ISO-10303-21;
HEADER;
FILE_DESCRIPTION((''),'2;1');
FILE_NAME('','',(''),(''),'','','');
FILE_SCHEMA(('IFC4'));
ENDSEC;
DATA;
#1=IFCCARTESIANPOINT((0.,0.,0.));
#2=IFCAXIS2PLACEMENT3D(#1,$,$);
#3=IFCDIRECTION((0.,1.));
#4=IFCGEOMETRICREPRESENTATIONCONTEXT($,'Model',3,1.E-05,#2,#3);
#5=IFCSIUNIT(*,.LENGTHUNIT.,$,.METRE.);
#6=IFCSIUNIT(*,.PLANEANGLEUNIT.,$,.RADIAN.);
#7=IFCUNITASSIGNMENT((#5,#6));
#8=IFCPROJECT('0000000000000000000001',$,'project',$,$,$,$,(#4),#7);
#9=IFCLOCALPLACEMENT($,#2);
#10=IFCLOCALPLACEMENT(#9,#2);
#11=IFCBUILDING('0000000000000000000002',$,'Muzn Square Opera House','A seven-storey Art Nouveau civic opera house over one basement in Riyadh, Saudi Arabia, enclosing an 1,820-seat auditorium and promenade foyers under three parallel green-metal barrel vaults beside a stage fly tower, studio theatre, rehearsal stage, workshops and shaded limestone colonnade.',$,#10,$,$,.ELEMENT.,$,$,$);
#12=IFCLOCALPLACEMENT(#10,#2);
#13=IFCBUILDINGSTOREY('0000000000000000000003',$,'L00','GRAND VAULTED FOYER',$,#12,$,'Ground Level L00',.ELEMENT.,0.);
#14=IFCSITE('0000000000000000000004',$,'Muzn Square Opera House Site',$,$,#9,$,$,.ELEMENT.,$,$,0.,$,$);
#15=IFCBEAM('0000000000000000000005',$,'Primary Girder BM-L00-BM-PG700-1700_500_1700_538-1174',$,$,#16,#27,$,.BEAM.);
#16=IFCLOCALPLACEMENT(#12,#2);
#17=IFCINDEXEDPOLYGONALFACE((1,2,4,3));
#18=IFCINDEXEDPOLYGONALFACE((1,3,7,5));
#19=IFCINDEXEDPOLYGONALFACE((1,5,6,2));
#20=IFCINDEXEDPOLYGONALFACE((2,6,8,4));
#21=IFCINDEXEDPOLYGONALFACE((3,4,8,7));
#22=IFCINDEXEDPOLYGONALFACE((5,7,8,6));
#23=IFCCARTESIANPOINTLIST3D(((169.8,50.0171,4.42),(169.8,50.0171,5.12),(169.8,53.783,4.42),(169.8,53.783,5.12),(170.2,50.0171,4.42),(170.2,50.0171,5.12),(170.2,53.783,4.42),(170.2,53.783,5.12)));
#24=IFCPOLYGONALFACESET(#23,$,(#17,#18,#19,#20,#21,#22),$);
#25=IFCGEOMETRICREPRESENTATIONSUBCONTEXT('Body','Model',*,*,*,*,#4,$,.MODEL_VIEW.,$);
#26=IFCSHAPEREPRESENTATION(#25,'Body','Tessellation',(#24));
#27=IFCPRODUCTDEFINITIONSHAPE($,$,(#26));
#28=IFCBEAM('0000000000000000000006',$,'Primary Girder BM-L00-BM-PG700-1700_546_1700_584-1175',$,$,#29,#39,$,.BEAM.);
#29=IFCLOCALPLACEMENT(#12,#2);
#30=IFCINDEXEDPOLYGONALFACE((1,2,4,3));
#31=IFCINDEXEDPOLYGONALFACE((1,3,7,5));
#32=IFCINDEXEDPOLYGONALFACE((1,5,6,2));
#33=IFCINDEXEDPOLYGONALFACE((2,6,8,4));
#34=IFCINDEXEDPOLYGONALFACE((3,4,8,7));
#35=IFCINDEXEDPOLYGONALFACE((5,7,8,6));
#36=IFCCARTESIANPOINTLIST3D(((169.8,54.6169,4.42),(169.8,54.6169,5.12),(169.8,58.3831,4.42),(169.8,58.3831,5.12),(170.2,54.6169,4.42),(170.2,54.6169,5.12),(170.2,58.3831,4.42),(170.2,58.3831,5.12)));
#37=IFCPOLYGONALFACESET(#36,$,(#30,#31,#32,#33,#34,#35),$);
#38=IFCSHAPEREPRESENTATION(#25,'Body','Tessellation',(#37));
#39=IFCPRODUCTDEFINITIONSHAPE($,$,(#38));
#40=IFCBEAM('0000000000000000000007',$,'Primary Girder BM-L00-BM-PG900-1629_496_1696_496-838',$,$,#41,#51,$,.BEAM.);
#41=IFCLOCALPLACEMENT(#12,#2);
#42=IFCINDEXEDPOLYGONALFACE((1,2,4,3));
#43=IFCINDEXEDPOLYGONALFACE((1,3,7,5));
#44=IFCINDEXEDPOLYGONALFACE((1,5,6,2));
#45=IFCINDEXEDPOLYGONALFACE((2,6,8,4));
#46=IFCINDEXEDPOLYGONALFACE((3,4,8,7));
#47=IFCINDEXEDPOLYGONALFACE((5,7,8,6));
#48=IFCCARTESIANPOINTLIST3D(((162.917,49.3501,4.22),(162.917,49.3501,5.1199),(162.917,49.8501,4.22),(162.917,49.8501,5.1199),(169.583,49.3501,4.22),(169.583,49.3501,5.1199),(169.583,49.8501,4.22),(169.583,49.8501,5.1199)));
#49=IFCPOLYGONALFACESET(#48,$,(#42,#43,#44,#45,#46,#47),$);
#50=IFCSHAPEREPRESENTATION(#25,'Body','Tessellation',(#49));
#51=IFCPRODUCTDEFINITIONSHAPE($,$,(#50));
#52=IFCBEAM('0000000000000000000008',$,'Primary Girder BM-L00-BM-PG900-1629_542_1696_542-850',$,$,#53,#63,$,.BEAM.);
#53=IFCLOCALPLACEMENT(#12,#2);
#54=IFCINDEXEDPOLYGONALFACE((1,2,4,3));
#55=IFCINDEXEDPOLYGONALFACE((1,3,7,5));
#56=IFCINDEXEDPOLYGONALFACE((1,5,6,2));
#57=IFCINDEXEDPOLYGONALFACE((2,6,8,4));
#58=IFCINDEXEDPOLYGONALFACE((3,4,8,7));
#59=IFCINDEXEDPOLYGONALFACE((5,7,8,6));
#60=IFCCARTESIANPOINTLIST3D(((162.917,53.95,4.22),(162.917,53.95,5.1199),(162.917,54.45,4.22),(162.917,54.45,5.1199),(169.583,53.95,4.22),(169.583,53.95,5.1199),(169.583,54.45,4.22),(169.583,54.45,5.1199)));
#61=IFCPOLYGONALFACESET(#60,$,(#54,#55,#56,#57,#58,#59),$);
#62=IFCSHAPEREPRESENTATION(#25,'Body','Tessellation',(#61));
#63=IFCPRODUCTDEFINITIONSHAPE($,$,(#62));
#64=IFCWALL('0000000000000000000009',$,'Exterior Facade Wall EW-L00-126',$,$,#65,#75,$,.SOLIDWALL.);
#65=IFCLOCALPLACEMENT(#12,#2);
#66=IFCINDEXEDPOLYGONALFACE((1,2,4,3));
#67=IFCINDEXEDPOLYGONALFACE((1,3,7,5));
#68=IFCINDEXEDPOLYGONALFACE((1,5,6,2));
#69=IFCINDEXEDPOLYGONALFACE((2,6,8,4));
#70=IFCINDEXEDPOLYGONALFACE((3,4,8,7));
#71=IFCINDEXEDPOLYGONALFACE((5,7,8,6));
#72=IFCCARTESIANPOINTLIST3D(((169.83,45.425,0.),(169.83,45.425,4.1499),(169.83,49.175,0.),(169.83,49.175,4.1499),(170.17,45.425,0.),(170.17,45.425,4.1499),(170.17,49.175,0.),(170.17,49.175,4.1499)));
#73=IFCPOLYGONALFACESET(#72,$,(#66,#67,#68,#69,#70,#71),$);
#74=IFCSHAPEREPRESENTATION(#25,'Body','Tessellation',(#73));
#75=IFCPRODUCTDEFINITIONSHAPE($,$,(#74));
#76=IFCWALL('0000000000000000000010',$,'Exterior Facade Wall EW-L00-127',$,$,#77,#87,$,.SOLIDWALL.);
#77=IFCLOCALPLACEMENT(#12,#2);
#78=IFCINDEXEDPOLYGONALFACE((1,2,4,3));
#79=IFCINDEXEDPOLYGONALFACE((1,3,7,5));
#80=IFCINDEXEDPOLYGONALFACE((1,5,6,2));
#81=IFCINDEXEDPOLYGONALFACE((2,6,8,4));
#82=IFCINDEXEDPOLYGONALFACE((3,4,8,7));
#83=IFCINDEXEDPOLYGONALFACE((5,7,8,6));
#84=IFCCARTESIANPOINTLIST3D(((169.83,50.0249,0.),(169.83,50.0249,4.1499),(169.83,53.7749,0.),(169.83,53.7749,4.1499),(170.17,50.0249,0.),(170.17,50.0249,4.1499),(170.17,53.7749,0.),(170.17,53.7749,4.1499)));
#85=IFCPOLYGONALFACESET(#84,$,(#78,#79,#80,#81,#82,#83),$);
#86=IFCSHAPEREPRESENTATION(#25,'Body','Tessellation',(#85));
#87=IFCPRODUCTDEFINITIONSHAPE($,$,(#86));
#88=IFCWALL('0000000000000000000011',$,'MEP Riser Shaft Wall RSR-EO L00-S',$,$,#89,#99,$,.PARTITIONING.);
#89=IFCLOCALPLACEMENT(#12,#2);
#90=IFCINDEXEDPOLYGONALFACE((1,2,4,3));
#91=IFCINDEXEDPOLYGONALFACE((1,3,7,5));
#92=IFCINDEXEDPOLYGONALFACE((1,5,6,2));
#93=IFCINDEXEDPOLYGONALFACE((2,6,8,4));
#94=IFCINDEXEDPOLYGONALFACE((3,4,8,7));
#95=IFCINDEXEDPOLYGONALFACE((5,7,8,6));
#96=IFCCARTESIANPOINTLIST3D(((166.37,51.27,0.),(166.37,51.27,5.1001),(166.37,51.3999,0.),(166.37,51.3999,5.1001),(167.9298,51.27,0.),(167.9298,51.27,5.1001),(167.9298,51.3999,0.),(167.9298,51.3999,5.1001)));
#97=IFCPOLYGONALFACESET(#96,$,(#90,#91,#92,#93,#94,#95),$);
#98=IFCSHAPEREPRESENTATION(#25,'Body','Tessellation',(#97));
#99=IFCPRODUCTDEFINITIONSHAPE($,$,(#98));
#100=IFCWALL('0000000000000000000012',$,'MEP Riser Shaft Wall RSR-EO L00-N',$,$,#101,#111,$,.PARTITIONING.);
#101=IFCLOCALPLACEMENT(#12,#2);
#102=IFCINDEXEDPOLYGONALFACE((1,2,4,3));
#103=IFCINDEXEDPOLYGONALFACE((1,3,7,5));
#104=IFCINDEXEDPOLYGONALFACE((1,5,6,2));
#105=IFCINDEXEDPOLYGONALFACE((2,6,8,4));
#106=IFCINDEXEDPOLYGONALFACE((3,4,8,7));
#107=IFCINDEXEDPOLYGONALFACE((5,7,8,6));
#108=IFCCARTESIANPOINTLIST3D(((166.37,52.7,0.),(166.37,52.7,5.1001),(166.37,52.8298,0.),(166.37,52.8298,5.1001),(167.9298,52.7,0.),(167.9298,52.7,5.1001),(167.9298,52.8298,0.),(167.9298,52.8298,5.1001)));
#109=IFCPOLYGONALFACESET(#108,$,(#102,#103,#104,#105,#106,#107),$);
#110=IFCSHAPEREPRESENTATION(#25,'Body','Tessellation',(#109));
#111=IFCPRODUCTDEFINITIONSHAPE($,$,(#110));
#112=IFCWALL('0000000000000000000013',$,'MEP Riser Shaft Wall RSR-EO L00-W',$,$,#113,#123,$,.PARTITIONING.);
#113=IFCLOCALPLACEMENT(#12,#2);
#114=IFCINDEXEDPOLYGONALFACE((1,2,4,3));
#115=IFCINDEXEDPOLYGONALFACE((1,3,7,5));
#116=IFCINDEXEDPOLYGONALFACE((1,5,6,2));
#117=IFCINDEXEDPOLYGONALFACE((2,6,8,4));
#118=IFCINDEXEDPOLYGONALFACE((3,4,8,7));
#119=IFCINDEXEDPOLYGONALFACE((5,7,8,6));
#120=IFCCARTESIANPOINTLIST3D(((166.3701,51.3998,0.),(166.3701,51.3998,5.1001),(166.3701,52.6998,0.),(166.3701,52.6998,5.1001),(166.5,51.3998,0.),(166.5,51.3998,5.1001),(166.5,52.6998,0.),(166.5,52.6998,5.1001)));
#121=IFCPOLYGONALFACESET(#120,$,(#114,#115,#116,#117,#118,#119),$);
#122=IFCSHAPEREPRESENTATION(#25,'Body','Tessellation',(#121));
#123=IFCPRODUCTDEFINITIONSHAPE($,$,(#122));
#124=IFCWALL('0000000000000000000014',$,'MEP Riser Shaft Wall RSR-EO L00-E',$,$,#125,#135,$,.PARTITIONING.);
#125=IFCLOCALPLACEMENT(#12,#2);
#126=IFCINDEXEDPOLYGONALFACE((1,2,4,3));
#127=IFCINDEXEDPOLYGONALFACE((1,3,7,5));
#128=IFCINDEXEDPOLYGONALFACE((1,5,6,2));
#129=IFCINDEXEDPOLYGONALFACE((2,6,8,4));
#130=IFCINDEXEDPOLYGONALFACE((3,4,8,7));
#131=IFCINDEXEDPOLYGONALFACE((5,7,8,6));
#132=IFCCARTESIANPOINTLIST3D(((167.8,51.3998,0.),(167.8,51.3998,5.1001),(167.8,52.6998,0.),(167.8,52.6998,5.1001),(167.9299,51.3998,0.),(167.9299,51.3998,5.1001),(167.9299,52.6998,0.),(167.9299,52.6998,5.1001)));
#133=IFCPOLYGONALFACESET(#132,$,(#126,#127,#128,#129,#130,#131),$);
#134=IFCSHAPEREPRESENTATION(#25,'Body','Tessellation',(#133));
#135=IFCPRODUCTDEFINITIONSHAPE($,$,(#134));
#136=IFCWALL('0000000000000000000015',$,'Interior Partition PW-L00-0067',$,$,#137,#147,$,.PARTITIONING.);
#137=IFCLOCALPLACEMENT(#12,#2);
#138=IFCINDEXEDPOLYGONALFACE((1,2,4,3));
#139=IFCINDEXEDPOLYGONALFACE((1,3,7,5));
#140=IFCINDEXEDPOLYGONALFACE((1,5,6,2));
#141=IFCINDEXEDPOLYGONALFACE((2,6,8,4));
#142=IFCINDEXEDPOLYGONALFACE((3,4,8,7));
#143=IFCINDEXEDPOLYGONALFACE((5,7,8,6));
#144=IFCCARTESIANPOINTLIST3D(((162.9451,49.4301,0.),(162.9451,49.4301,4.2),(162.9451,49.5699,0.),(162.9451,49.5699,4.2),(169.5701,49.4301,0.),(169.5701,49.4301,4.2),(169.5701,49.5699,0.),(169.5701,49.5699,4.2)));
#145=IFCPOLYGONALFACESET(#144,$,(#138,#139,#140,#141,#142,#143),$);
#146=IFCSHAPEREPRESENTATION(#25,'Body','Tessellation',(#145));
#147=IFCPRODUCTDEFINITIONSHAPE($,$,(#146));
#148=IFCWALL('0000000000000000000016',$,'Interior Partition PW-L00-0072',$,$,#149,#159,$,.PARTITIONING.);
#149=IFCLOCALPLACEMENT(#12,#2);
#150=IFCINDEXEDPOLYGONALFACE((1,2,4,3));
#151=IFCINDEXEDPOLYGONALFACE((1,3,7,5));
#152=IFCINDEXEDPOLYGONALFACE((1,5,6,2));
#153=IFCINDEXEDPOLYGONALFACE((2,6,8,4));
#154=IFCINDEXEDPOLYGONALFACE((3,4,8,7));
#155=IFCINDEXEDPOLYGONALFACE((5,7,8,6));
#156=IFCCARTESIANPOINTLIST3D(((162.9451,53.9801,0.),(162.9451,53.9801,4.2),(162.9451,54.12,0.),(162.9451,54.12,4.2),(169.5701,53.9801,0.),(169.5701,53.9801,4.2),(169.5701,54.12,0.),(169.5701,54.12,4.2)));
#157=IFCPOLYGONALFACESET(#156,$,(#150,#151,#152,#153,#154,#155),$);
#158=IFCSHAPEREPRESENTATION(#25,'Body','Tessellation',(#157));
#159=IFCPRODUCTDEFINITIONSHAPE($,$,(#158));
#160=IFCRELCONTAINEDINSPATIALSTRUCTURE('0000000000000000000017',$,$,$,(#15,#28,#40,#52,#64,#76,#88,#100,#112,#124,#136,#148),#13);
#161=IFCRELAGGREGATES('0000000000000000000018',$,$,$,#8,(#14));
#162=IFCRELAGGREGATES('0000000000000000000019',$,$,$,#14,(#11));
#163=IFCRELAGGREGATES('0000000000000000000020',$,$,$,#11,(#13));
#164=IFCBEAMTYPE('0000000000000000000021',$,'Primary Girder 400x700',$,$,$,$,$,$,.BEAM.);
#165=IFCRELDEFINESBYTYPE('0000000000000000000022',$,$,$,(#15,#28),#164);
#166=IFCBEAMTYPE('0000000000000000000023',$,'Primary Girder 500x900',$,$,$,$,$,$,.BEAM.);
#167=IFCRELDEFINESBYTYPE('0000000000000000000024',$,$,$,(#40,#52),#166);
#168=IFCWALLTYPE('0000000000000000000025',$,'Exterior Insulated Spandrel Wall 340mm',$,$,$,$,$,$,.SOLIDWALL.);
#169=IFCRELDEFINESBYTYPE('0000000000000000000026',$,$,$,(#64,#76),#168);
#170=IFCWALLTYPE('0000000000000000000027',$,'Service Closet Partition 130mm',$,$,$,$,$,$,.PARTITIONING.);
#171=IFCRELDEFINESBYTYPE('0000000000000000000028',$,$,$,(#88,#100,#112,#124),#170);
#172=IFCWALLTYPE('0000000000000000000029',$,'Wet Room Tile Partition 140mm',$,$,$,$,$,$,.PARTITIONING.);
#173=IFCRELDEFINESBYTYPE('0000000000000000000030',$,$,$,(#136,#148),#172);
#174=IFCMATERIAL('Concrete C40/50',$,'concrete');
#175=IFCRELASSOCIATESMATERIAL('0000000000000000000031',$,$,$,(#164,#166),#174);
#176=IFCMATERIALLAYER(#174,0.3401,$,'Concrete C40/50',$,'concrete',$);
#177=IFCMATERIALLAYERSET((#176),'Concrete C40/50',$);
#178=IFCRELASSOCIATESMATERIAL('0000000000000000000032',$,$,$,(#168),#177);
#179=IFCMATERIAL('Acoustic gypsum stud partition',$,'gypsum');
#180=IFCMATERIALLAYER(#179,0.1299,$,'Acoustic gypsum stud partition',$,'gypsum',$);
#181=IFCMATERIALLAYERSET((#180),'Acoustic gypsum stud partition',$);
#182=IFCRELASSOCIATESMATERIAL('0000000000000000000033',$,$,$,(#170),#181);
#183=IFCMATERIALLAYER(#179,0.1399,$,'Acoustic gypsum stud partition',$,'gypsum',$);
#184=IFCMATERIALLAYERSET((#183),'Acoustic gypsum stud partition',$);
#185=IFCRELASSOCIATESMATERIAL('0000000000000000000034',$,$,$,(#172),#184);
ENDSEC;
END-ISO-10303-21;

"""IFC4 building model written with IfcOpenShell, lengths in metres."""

from ifc_helpers import new_model, si_unit, direction, frame, frame_2d, origin, origin_2d, place, context, subcontext, project, spatial, rectangle, extrude, material, layer, layer_set, material_profile, profile_set, type_object, element, save


model = new_model("IFC4")

# Units and contexts
model_context = context("Model", 3, precision=1e-05, world=origin(), true_north=direction((0.0, 1.0)))
body_context = subcontext(model_context, "Body", "Model", "MODEL_VIEW")
ifc_project = project(units=[si_unit("LENGTHUNIT", "METRE"), si_unit("PLANEANGLEUNIT", "RADIAN")], contexts=[model_context])

# Site, building, storey
site_placement = place(None, origin())
site = spatial("IfcSite", under=ifc_project, at=site_placement, Name="Muzn Square Opera House Site", CompositionType="ELEMENT", RefElevation=0.0)
building_placement = place(site_placement, origin())
building = spatial("IfcBuilding", under=site, at=building_placement, Name="Muzn Square Opera House", Description="A seven-storey Art Nouveau civic opera house over one basement in Riyadh, Saudi Arabia, enclosing an 1,820-seat auditorium and promenade foyers under three parallel green-metal barrel vaults beside a stage fly tower, studio theatre, rehearsal stage, workshops and shaded limestone colonnade.", CompositionType="ELEMENT")
storey_placement = place(building_placement, origin())
storey = spatial("IfcBuildingStorey", under=building, at=storey_placement, Name="L00", Description="GRAND VAULTED FOYER", LongName="Ground Level L00", CompositionType="ELEMENT", Elevation=0.0)

# Beams
ifc_material_1 = material(Name="Concrete C40/50", Category="concrete")
ifc_material_profile_1 = material_profile(ifc_material_1, rectangle(XDim=0.3999, YDim=0.7, at=origin_2d()), Name="RCB 400x700", Category="concrete")
ifc_profile_set_1 = profile_set([ifc_material_profile_1], Name="Concrete C40/50")
beam_type_1 = type_object("IfcBeamType", Name="Primary Girder 400x700", PredefinedType="BEAM", material=ifc_profile_set_1)
beam_1_placement = place(storey_placement, frame((170.0, 50.0171, 4.77), z_axis=(0.0, 1.0, 0.0), x_axis=(-1.0, 0.0, 0.0)))
element("IfcBeam", 1, at=beam_1_placement, inside=storey, type_object=beam_type_1, Name="Primary Girder BM-L00-BM-PG700-1700_500_1700_538-1174", PredefinedType="BEAM", context=body_context, shape_type="SweptSolid", body=[
    extrude(rectangle(XDim=0.3999, YDim=0.7, at=origin_2d()), origin(), (0.0, 0.0, 1.0), 3.7659),
])
beam_2_placement = place(storey_placement, frame((170.0, 54.6169, 4.77), z_axis=(0.0, 1.0, 0.0), x_axis=(-1.0, 0.0, 0.0)))
element("IfcBeam", 2, at=beam_2_placement, inside=storey, type_object=beam_type_1, Name="Primary Girder BM-L00-BM-PG700-1700_546_1700_584-1175", PredefinedType="BEAM", context=body_context, shape_type="SweptSolid", body=[
    extrude(rectangle(XDim=0.3999, YDim=0.7, at=origin_2d()), origin(), (0.0, 0.0, 1.0), 3.7661),
])
ifc_material_profile_2 = material_profile(ifc_material_1, rectangle(XDim=0.5, YDim=0.8999, at=origin_2d()), Name="RCB 500x900", Category="concrete")
ifc_profile_set_2 = profile_set([ifc_material_profile_2], Name="Concrete C40/50")
beam_type_2 = type_object("IfcBeamType", Name="Primary Girder 500x900", PredefinedType="BEAM", material=ifc_profile_set_2)
for number, where, z_axis, x_axis, name in (
    (3, (162.917, 49.6001, 4.6699), (1.0, 0.0, 0.0), (0.0, 1.0, 0.0), "Primary Girder BM-L00-BM-PG900-1629_496_1696_496-838"),
    (4, (162.917, 54.2, 4.6699), (1.0, 0.0, 0.0), (0.0, 1.0, 0.0), "Primary Girder BM-L00-BM-PG900-1629_542_1696_542-850"),
):
    element("IfcBeam", number, at=place(storey_placement, frame(where, z_axis=z_axis, x_axis=x_axis)), inside=storey, type_object=beam_type_2, Name=name, PredefinedType="BEAM", context=body_context, shape_type="SweptSolid", body=[
        extrude(rectangle(XDim=0.5, YDim=0.8999, at=origin_2d()), origin(), (0.0, 0.0, 1.0), 6.666),
    ])

# Walls
ifc_layer_1 = layer(ifc_material_1, 0.3401, Name="Concrete C40/50", Category="concrete")
ifc_layer_set_1 = layer_set([ifc_layer_1], Name="Concrete C40/50")
wall_type_1 = type_object("IfcWallType", Name="Exterior Insulated Spandrel Wall 340mm", PredefinedType="SOLIDWALL", material=ifc_layer_set_1)
for number, where, z_axis, x_axis, name in (
    (5, (170.0, 45.425, 0.0), (0.0, 0.0, 1.0), (0.0, 1.0, 0.0), "Exterior Facade Wall EW-L00-126"),
    (6, (170.0, 50.0249, 0.0), (0.0, 0.0, 1.0), (0.0, 1.0, 0.0), "Exterior Facade Wall EW-L00-127"),
):
    element("IfcWall", number, at=place(storey_placement, frame(where, z_axis=z_axis, x_axis=x_axis)), inside=storey, type_object=wall_type_1, Name=name, PredefinedType="SOLIDWALL", context=body_context, shape_type="SweptSolid", body=[
        extrude(rectangle(XDim=3.75, YDim=0.3401, at=frame_2d((1.875, 0.0))), origin(), (0.0, 0.0, 1.0), 4.1499),
    ])
ifc_material_2 = material(Name="Acoustic gypsum stud partition", Category="gypsum")
ifc_layer_2 = layer(ifc_material_2, 0.1299, Name="Acoustic gypsum stud partition", Category="gypsum")
ifc_layer_set_2 = layer_set([ifc_layer_2], Name="Acoustic gypsum stud partition")
wall_type_2 = type_object("IfcWallType", Name="Service Closet Partition 130mm", PredefinedType="PARTITIONING", material=ifc_layer_set_2)
for number, where, z_axis, x_axis, name in (
    (7, (166.3701, 51.335, 0.0), (0.0, 0.0, 1.0), (1.0, 0.0, 0.0), "MEP Riser Shaft Wall RSR-EO L00-S"),
    (8, (166.3701, 52.7649, 0.0), (0.0, 0.0, 1.0), (1.0, 0.0, 0.0), "MEP Riser Shaft Wall RSR-EO L00-N"),
):
    element("IfcWall", number, at=place(storey_placement, frame(where, z_axis=z_axis, x_axis=x_axis)), inside=storey, type_object=wall_type_2, Name=name, PredefinedType="PARTITIONING", context=body_context, shape_type="SweptSolid", body=[
        extrude(rectangle(XDim=1.5598, YDim=0.1299, at=frame_2d((0.7798, 0.0))), origin(), (0.0, 0.0, 1.0), 5.1001),
    ])
for number, where, z_axis, x_axis, name in (
    (9, (166.4351, 51.3999, 0.0), (0.0, 0.0, 1.0), (0.0, 1.0, 0.0), "MEP Riser Shaft Wall RSR-EO L00-W"),
    (10, (167.865, 51.3999, 0.0), (0.0, 0.0, 1.0), (0.0, 1.0, 0.0), "MEP Riser Shaft Wall RSR-EO L00-E"),
):
    element("IfcWall", number, at=place(storey_placement, frame(where, z_axis=z_axis, x_axis=x_axis)), inside=storey, type_object=wall_type_2, Name=name, PredefinedType="PARTITIONING", context=body_context, shape_type="SweptSolid", body=[
        extrude(rectangle(XDim=1.3, YDim=0.1299, at=frame_2d((0.6499, 0.0))), origin(), (0.0, 0.0, 1.0), 5.1001),
    ])
ifc_layer_3 = layer(ifc_material_2, 0.1399, Name="Acoustic gypsum stud partition", Category="gypsum")
ifc_layer_set_3 = layer_set([ifc_layer_3], Name="Acoustic gypsum stud partition")
wall_type_3 = type_object("IfcWallType", Name="Wet Room Tile Partition 140mm", PredefinedType="PARTITIONING", material=ifc_layer_set_3)
for number, where, z_axis, x_axis, name in (
    (11, (162.9451, 49.5, 0.0), (0.0, 0.0, 1.0), (1.0, 0.0, 0.0), "Interior Partition PW-L00-0067"),
    (12, (162.9451, 54.05, 0.0), (0.0, 0.0, 1.0), (1.0, 0.0, 0.0), "Interior Partition PW-L00-0072"),
):
    element("IfcWall", number, at=place(storey_placement, frame(where, z_axis=z_axis, x_axis=x_axis)), inside=storey, type_object=wall_type_3, Name=name, PredefinedType="PARTITIONING", context=body_context, shape_type="SweptSolid", body=[
        extrude(rectangle(XDim=6.625, YDim=0.1399, at=frame_2d((3.3125, 0.0))), origin(), (0.0, 0.0, 1.0), 4.2),
    ])

save(model, "model.ifc")
